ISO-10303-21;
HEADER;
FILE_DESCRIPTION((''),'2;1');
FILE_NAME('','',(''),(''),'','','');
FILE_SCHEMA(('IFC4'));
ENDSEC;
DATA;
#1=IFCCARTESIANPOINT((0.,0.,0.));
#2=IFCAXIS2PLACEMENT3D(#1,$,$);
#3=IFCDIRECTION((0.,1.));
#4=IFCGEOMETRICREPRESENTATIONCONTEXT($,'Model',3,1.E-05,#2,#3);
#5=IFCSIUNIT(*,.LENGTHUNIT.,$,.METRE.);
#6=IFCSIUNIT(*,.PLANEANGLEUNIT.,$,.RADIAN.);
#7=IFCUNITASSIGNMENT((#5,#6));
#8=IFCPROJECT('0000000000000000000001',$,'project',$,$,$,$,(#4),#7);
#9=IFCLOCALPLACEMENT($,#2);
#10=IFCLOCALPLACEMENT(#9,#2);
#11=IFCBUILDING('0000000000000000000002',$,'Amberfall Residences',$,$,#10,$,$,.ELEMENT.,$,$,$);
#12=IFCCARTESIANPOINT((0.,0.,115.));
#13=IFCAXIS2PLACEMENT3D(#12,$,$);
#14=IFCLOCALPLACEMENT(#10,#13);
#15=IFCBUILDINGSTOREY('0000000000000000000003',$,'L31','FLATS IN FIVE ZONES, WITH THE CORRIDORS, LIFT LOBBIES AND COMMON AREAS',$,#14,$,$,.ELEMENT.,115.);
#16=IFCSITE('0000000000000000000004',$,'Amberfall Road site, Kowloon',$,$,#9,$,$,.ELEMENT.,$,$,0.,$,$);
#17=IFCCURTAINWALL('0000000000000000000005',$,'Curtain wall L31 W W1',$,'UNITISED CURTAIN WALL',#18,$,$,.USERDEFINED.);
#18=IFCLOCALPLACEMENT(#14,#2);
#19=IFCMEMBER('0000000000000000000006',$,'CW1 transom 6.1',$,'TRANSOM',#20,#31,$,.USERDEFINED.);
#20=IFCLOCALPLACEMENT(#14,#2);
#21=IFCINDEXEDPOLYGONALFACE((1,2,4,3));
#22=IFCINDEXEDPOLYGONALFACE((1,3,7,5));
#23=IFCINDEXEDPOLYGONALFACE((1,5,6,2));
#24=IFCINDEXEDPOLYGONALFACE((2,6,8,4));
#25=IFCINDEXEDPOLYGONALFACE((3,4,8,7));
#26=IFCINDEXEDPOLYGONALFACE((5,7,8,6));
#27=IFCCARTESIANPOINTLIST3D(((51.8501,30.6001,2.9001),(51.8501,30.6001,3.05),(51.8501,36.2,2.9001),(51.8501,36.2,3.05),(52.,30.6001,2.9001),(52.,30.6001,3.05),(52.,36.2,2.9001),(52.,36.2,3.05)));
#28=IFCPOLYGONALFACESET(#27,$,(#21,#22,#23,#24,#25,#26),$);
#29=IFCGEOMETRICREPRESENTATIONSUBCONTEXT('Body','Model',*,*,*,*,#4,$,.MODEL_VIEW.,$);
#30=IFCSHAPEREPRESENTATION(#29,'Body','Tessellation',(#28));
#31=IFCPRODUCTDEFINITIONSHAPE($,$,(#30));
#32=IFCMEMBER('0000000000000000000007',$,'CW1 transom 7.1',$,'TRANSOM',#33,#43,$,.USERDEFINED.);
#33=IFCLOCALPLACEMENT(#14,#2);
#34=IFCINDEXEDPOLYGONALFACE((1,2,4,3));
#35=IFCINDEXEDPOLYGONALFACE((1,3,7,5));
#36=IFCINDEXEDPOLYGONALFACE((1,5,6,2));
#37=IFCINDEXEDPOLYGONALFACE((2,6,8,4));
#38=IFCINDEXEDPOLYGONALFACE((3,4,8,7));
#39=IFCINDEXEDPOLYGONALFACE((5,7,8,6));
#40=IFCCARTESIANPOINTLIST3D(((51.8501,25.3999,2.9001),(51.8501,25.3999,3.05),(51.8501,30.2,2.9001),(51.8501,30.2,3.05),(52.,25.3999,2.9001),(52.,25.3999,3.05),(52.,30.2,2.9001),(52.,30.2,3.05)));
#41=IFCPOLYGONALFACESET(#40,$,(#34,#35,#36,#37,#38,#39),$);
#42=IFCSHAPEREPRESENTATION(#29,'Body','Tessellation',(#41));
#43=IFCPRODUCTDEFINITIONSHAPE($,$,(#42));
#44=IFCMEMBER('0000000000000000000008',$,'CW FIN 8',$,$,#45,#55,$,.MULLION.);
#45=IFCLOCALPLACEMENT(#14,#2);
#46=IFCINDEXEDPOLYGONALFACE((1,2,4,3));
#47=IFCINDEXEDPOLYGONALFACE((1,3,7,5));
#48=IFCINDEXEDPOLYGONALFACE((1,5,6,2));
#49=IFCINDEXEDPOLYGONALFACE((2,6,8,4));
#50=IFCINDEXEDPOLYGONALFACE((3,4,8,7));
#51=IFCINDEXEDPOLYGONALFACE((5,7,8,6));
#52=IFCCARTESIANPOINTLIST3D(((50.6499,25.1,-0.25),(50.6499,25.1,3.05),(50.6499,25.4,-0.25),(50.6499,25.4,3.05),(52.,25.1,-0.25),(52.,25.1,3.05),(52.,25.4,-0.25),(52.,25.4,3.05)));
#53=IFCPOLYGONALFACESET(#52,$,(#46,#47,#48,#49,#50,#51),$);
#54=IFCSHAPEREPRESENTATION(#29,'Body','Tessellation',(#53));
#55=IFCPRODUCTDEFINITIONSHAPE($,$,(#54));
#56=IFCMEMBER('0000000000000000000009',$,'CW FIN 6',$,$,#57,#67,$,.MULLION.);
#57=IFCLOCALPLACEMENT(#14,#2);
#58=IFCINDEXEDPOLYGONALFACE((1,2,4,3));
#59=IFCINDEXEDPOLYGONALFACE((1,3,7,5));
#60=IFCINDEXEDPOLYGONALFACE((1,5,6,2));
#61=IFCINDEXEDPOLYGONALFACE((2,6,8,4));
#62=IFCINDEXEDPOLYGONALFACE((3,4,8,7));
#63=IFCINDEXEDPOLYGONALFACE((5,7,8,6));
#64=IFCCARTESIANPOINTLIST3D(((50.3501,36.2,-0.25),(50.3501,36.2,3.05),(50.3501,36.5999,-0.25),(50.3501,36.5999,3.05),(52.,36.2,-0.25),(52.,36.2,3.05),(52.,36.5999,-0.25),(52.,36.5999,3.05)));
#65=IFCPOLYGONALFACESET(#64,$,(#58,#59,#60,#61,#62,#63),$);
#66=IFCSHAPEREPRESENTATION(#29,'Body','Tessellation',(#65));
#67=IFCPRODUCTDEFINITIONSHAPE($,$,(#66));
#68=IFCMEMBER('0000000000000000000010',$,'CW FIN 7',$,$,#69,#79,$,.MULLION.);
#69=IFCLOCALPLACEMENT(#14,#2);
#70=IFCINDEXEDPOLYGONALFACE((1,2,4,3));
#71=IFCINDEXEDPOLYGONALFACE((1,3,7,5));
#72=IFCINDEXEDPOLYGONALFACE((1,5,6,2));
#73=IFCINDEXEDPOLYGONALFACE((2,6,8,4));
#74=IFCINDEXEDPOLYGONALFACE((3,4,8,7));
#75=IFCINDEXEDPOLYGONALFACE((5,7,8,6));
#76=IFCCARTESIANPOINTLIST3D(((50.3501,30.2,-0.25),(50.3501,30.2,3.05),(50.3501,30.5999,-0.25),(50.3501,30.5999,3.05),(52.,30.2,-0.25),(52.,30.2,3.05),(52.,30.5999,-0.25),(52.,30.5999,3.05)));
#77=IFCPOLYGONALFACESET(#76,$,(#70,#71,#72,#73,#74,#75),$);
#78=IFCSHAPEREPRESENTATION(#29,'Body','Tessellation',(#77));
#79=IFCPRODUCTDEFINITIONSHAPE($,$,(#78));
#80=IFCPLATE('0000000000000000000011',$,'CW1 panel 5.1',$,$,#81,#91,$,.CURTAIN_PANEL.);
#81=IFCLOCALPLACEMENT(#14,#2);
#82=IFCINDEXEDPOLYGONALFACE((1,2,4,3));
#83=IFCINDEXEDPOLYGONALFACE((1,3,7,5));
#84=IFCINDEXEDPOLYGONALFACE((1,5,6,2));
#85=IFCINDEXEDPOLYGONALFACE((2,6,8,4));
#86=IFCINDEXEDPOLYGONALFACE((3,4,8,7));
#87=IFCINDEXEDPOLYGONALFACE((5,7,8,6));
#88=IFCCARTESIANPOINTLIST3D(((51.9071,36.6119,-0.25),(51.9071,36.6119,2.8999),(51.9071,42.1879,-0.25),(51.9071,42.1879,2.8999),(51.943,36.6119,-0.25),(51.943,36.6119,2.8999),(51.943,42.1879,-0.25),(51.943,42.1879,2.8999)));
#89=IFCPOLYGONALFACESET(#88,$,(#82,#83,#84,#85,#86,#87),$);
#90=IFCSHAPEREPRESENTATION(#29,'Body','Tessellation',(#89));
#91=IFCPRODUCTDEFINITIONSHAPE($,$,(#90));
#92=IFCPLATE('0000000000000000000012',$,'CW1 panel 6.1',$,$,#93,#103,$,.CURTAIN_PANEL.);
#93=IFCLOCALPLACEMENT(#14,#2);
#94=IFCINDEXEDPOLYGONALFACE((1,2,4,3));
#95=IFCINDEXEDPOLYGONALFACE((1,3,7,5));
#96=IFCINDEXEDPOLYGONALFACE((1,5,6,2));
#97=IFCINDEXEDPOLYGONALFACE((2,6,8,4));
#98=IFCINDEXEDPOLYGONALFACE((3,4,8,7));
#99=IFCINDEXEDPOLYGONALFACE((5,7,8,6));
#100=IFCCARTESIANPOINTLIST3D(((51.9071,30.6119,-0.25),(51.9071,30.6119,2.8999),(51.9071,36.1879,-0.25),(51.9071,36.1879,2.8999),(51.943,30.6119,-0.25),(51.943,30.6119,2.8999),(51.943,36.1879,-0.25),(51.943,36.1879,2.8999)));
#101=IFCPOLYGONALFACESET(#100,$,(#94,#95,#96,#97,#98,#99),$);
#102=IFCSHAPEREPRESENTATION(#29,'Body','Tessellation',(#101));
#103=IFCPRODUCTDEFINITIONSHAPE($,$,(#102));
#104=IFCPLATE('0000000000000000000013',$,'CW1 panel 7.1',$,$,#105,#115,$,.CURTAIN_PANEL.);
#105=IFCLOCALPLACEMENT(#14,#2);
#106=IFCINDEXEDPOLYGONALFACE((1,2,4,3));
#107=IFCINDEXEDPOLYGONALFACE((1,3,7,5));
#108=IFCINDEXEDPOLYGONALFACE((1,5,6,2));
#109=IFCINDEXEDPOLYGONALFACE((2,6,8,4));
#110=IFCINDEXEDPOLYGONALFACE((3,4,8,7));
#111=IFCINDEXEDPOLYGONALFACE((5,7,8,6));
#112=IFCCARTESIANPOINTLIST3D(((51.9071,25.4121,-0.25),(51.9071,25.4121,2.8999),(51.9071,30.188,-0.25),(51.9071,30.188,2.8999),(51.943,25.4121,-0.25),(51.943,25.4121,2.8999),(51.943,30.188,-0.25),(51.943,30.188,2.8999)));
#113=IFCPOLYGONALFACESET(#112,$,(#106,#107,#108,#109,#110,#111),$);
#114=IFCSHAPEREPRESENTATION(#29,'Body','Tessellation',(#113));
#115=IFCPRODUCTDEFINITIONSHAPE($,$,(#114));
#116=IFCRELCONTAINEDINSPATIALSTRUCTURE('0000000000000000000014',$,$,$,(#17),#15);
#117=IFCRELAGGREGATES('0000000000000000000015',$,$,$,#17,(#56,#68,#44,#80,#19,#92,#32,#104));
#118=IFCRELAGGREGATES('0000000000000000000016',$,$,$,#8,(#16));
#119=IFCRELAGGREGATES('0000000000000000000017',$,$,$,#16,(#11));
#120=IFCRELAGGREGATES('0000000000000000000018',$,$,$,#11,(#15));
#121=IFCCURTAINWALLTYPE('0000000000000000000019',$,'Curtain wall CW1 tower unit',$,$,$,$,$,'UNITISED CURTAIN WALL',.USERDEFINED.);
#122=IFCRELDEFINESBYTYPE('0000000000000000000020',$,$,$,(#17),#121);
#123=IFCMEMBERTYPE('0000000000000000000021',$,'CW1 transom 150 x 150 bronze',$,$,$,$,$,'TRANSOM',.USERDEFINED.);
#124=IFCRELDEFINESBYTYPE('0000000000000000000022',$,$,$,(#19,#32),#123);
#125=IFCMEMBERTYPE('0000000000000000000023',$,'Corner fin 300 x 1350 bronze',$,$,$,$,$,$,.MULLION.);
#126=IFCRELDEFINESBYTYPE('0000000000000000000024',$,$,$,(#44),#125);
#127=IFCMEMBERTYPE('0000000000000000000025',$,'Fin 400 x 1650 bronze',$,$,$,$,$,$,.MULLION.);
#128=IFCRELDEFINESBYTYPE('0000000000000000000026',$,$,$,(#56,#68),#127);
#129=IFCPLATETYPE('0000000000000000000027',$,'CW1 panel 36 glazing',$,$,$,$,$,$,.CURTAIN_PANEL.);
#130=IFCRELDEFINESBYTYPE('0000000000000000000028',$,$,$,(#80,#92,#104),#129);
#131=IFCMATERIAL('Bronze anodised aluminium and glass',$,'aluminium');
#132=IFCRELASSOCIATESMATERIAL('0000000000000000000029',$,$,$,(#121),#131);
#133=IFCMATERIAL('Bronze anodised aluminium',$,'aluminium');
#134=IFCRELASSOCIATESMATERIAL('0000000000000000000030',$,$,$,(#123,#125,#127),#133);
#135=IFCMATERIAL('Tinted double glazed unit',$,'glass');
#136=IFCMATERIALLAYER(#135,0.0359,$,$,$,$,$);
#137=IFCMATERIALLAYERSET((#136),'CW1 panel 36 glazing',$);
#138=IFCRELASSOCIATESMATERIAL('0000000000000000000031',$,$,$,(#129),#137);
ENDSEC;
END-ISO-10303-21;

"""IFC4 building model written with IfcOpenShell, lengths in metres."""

from ifc_helpers import new_model, si_unit, direction, frame, origin, origin_2d, place, context, subcontext, project, spatial, rectangle, extrude, material, layer, layer_set, material_profile, profile_set, type_object, element, aggregate, save


model = new_model("IFC4")

# Units and contexts
model_context = context("Model", 3, precision=1e-05, world=origin(), true_north=direction((0.0, 1.0)))
body_context = subcontext(model_context, "Body", "Model", "MODEL_VIEW")
ifc_project = project(units=[si_unit("LENGTHUNIT", "METRE"), si_unit("PLANEANGLEUNIT", "RADIAN")], contexts=[model_context])

# Site, building, storey
site_placement = place(None, origin())
site = spatial("IfcSite", under=ifc_project, at=site_placement, Name="Amberfall Road site, Kowloon", CompositionType="ELEMENT", RefElevation=0.0)
building_placement = place(site_placement, origin())
building = spatial("IfcBuilding", under=site, at=building_placement, Name="Amberfall Residences", CompositionType="ELEMENT")
storey_placement = place(building_placement, frame((0.0, 0.0, 115.0)))
storey = spatial("IfcBuildingStorey", under=building, at=storey_placement, Name="L31", Description="FLATS IN FIVE ZONES, WITH THE CORRIDORS, LIFT LOBBIES AND COMMON AREAS", CompositionType="ELEMENT", Elevation=115.0)

# Curtain wall, members, plates
ifc_material_1 = material(Name="Bronze anodised aluminium and glass", Category="aluminium")
curtain_wall_type = type_object("IfcCurtainWallType", Name="Curtain wall CW1 tower unit", ElementType="UNITISED CURTAIN WALL", PredefinedType="USERDEFINED", material=ifc_material_1)
curtain_wall_placement = place(storey_placement, origin())
curtain_wall = element("IfcCurtainWall", 1, at=curtain_wall_placement, inside=storey, type_object=curtain_wall_type, Name="Curtain wall L31 W W1", ObjectType="UNITISED CURTAIN WALL", PredefinedType="USERDEFINED")
ifc_material_2 = material(Name="Bronze anodised aluminium", Category="aluminium")
ifc_material_profile_1 = material_profile(ifc_material_2, rectangle(XDim=0.1499, YDim=0.1499, at=origin_2d()), Name="CW1 transom 150 x 150 bronze")
ifc_profile_set_1 = profile_set([ifc_material_profile_1], Name="Bronze anodised aluminium")
member_type_1 = type_object("IfcMemberType", Name="CW1 transom 150 x 150 bronze", ElementType="TRANSOM", PredefinedType="USERDEFINED", material=ifc_profile_set_1)
member_1_placement = place(storey_placement, frame((51.925, 36.2, 2.9751), z_axis=(0.0, -1.0, 0.0), x_axis=(1.0, 0.0, 0.0)))
member_1 = element("IfcMember", 2, at=member_1_placement, type_object=member_type_1, Name="CW1 transom 6.1", ObjectType="TRANSOM", PredefinedType="USERDEFINED", context=body_context, shape_type="SweptSolid", body=[
    extrude(rectangle(XDim=0.1499, YDim=0.1499, at=origin_2d()), origin(), (0.0, 0.0, 1.0), 5.5999),
])
member_2_placement = place(storey_placement, frame((51.925, 30.2, 2.9751), z_axis=(0.0, -1.0, 0.0), x_axis=(1.0, 0.0, 0.0)))
member_2 = element("IfcMember", 3, at=member_2_placement, type_object=member_type_1, Name="CW1 transom 7.1", ObjectType="TRANSOM", PredefinedType="USERDEFINED", context=body_context, shape_type="SweptSolid", body=[
    extrude(rectangle(XDim=0.1499, YDim=0.1499, at=origin_2d()), origin(), (0.0, 0.0, 1.0), 4.8),
])
ifc_material_profile_2 = material_profile(ifc_material_2, rectangle(XDim=1.3501, YDim=0.3, at=origin_2d()), Name="Corner fin 300 x 1350 bronze")
ifc_profile_set_2 = profile_set([ifc_material_profile_2], Name="Bronze anodised aluminium")
member_type_2 = type_object("IfcMemberType", Name="Corner fin 300 x 1350 bronze", PredefinedType="MULLION", material=ifc_profile_set_2)
member_3_placement = place(storey_placement, frame((51.325, 25.25, -0.25), z_axis=(0.0, 0.0, 1.0), x_axis=(1.0, 0.0, 0.0)))
member_3 = element("IfcMember", 4, at=member_3_placement, type_object=member_type_2, Name="CW FIN 8", PredefinedType="MULLION", context=body_context, shape_type="SweptSolid", body=[
    extrude(rectangle(XDim=1.3501, YDim=0.3, at=origin_2d()), origin(), (0.0, 0.0, 1.0), 3.3),
])
ifc_material_profile_3 = material_profile(ifc_material_2, rectangle(XDim=1.6499, YDim=0.3999, at=origin_2d()), Name="Fin 400 x 1650 bronze")
ifc_profile_set_3 = profile_set([ifc_material_profile_3], Name="Bronze anodised aluminium")
member_type_3 = type_object("IfcMemberType", Name="Fin 400 x 1650 bronze", PredefinedType="MULLION", material=ifc_profile_set_3)
member_4_placement = place(storey_placement, frame((51.175, 36.3999, -0.25), z_axis=(0.0, 0.0, 1.0), x_axis=(1.0, 0.0, 0.0)))
member_4 = element("IfcMember", 5, at=member_4_placement, type_object=member_type_3, Name="CW FIN 6", PredefinedType="MULLION", context=body_context, shape_type="SweptSolid", body=[
    extrude(rectangle(XDim=1.6499, YDim=0.3999, at=origin_2d()), origin(), (0.0, 0.0, 1.0), 3.3),
])
member_5_placement = place(storey_placement, frame((51.175, 30.3999, -0.25), z_axis=(0.0, 0.0, 1.0), x_axis=(1.0, 0.0, 0.0)))
member_5 = element("IfcMember", 6, at=member_5_placement, type_object=member_type_3, Name="CW FIN 7", PredefinedType="MULLION", context=body_context, shape_type="SweptSolid", body=[
    extrude(rectangle(XDim=1.6499, YDim=0.3999, at=origin_2d()), origin(), (0.0, 0.0, 1.0), 3.3),
])
ifc_material_3 = material(Name="Tinted double glazed unit", Category="glass")
ifc_layer_1 = layer(ifc_material_3, 0.0359)
ifc_layer_set_1 = layer_set([ifc_layer_1], Name="CW1 panel 36 glazing")
plate_type = type_object("IfcPlateType", Name="CW1 panel 36 glazing", PredefinedType="CURTAIN_PANEL", material=ifc_layer_set_1)
plate_1_placement = place(storey_placement, frame((51.925, 39.3999, -0.25), z_axis=(0.0, 0.0, 1.0), x_axis=(0.0, -1.0, 0.0)))
plate_1 = element("IfcPlate", 7, at=plate_1_placement, type_object=plate_type, Name="CW1 panel 5.1", PredefinedType="CURTAIN_PANEL", context=body_context, shape_type="SweptSolid", body=[
    extrude(rectangle(XDim=5.5759, YDim=0.0359, at=origin_2d()), origin(), (0.0, 0.0, 1.0), 3.1499),
])
plate_2_placement = place(storey_placement, frame((51.925, 33.3999, -0.25), z_axis=(0.0, 0.0, 1.0), x_axis=(0.0, -1.0, 0.0)))
plate_2 = element("IfcPlate", 8, at=plate_2_placement, type_object=plate_type, Name="CW1 panel 6.1", PredefinedType="CURTAIN_PANEL", context=body_context, shape_type="SweptSolid", body=[
    extrude(rectangle(XDim=5.5759, YDim=0.0359, at=origin_2d()), origin(), (0.0, 0.0, 1.0), 3.1499),
])
plate_3_placement = place(storey_placement, frame((51.925, 27.8, -0.25), z_axis=(0.0, 0.0, 1.0), x_axis=(0.0, -1.0, 0.0)))
plate_3 = element("IfcPlate", 9, at=plate_3_placement, type_object=plate_type, Name="CW1 panel 7.1", PredefinedType="CURTAIN_PANEL", context=body_context, shape_type="SweptSolid", body=[
    extrude(rectangle(XDim=4.7759, YDim=0.0359, at=origin_2d()), origin(), (0.0, 0.0, 1.0), 3.1499),
])
aggregate(curtain_wall, [member_4, member_5, member_3, plate_1, member_1, plate_2, member_2, plate_3])

save(model, "model.ifc")
